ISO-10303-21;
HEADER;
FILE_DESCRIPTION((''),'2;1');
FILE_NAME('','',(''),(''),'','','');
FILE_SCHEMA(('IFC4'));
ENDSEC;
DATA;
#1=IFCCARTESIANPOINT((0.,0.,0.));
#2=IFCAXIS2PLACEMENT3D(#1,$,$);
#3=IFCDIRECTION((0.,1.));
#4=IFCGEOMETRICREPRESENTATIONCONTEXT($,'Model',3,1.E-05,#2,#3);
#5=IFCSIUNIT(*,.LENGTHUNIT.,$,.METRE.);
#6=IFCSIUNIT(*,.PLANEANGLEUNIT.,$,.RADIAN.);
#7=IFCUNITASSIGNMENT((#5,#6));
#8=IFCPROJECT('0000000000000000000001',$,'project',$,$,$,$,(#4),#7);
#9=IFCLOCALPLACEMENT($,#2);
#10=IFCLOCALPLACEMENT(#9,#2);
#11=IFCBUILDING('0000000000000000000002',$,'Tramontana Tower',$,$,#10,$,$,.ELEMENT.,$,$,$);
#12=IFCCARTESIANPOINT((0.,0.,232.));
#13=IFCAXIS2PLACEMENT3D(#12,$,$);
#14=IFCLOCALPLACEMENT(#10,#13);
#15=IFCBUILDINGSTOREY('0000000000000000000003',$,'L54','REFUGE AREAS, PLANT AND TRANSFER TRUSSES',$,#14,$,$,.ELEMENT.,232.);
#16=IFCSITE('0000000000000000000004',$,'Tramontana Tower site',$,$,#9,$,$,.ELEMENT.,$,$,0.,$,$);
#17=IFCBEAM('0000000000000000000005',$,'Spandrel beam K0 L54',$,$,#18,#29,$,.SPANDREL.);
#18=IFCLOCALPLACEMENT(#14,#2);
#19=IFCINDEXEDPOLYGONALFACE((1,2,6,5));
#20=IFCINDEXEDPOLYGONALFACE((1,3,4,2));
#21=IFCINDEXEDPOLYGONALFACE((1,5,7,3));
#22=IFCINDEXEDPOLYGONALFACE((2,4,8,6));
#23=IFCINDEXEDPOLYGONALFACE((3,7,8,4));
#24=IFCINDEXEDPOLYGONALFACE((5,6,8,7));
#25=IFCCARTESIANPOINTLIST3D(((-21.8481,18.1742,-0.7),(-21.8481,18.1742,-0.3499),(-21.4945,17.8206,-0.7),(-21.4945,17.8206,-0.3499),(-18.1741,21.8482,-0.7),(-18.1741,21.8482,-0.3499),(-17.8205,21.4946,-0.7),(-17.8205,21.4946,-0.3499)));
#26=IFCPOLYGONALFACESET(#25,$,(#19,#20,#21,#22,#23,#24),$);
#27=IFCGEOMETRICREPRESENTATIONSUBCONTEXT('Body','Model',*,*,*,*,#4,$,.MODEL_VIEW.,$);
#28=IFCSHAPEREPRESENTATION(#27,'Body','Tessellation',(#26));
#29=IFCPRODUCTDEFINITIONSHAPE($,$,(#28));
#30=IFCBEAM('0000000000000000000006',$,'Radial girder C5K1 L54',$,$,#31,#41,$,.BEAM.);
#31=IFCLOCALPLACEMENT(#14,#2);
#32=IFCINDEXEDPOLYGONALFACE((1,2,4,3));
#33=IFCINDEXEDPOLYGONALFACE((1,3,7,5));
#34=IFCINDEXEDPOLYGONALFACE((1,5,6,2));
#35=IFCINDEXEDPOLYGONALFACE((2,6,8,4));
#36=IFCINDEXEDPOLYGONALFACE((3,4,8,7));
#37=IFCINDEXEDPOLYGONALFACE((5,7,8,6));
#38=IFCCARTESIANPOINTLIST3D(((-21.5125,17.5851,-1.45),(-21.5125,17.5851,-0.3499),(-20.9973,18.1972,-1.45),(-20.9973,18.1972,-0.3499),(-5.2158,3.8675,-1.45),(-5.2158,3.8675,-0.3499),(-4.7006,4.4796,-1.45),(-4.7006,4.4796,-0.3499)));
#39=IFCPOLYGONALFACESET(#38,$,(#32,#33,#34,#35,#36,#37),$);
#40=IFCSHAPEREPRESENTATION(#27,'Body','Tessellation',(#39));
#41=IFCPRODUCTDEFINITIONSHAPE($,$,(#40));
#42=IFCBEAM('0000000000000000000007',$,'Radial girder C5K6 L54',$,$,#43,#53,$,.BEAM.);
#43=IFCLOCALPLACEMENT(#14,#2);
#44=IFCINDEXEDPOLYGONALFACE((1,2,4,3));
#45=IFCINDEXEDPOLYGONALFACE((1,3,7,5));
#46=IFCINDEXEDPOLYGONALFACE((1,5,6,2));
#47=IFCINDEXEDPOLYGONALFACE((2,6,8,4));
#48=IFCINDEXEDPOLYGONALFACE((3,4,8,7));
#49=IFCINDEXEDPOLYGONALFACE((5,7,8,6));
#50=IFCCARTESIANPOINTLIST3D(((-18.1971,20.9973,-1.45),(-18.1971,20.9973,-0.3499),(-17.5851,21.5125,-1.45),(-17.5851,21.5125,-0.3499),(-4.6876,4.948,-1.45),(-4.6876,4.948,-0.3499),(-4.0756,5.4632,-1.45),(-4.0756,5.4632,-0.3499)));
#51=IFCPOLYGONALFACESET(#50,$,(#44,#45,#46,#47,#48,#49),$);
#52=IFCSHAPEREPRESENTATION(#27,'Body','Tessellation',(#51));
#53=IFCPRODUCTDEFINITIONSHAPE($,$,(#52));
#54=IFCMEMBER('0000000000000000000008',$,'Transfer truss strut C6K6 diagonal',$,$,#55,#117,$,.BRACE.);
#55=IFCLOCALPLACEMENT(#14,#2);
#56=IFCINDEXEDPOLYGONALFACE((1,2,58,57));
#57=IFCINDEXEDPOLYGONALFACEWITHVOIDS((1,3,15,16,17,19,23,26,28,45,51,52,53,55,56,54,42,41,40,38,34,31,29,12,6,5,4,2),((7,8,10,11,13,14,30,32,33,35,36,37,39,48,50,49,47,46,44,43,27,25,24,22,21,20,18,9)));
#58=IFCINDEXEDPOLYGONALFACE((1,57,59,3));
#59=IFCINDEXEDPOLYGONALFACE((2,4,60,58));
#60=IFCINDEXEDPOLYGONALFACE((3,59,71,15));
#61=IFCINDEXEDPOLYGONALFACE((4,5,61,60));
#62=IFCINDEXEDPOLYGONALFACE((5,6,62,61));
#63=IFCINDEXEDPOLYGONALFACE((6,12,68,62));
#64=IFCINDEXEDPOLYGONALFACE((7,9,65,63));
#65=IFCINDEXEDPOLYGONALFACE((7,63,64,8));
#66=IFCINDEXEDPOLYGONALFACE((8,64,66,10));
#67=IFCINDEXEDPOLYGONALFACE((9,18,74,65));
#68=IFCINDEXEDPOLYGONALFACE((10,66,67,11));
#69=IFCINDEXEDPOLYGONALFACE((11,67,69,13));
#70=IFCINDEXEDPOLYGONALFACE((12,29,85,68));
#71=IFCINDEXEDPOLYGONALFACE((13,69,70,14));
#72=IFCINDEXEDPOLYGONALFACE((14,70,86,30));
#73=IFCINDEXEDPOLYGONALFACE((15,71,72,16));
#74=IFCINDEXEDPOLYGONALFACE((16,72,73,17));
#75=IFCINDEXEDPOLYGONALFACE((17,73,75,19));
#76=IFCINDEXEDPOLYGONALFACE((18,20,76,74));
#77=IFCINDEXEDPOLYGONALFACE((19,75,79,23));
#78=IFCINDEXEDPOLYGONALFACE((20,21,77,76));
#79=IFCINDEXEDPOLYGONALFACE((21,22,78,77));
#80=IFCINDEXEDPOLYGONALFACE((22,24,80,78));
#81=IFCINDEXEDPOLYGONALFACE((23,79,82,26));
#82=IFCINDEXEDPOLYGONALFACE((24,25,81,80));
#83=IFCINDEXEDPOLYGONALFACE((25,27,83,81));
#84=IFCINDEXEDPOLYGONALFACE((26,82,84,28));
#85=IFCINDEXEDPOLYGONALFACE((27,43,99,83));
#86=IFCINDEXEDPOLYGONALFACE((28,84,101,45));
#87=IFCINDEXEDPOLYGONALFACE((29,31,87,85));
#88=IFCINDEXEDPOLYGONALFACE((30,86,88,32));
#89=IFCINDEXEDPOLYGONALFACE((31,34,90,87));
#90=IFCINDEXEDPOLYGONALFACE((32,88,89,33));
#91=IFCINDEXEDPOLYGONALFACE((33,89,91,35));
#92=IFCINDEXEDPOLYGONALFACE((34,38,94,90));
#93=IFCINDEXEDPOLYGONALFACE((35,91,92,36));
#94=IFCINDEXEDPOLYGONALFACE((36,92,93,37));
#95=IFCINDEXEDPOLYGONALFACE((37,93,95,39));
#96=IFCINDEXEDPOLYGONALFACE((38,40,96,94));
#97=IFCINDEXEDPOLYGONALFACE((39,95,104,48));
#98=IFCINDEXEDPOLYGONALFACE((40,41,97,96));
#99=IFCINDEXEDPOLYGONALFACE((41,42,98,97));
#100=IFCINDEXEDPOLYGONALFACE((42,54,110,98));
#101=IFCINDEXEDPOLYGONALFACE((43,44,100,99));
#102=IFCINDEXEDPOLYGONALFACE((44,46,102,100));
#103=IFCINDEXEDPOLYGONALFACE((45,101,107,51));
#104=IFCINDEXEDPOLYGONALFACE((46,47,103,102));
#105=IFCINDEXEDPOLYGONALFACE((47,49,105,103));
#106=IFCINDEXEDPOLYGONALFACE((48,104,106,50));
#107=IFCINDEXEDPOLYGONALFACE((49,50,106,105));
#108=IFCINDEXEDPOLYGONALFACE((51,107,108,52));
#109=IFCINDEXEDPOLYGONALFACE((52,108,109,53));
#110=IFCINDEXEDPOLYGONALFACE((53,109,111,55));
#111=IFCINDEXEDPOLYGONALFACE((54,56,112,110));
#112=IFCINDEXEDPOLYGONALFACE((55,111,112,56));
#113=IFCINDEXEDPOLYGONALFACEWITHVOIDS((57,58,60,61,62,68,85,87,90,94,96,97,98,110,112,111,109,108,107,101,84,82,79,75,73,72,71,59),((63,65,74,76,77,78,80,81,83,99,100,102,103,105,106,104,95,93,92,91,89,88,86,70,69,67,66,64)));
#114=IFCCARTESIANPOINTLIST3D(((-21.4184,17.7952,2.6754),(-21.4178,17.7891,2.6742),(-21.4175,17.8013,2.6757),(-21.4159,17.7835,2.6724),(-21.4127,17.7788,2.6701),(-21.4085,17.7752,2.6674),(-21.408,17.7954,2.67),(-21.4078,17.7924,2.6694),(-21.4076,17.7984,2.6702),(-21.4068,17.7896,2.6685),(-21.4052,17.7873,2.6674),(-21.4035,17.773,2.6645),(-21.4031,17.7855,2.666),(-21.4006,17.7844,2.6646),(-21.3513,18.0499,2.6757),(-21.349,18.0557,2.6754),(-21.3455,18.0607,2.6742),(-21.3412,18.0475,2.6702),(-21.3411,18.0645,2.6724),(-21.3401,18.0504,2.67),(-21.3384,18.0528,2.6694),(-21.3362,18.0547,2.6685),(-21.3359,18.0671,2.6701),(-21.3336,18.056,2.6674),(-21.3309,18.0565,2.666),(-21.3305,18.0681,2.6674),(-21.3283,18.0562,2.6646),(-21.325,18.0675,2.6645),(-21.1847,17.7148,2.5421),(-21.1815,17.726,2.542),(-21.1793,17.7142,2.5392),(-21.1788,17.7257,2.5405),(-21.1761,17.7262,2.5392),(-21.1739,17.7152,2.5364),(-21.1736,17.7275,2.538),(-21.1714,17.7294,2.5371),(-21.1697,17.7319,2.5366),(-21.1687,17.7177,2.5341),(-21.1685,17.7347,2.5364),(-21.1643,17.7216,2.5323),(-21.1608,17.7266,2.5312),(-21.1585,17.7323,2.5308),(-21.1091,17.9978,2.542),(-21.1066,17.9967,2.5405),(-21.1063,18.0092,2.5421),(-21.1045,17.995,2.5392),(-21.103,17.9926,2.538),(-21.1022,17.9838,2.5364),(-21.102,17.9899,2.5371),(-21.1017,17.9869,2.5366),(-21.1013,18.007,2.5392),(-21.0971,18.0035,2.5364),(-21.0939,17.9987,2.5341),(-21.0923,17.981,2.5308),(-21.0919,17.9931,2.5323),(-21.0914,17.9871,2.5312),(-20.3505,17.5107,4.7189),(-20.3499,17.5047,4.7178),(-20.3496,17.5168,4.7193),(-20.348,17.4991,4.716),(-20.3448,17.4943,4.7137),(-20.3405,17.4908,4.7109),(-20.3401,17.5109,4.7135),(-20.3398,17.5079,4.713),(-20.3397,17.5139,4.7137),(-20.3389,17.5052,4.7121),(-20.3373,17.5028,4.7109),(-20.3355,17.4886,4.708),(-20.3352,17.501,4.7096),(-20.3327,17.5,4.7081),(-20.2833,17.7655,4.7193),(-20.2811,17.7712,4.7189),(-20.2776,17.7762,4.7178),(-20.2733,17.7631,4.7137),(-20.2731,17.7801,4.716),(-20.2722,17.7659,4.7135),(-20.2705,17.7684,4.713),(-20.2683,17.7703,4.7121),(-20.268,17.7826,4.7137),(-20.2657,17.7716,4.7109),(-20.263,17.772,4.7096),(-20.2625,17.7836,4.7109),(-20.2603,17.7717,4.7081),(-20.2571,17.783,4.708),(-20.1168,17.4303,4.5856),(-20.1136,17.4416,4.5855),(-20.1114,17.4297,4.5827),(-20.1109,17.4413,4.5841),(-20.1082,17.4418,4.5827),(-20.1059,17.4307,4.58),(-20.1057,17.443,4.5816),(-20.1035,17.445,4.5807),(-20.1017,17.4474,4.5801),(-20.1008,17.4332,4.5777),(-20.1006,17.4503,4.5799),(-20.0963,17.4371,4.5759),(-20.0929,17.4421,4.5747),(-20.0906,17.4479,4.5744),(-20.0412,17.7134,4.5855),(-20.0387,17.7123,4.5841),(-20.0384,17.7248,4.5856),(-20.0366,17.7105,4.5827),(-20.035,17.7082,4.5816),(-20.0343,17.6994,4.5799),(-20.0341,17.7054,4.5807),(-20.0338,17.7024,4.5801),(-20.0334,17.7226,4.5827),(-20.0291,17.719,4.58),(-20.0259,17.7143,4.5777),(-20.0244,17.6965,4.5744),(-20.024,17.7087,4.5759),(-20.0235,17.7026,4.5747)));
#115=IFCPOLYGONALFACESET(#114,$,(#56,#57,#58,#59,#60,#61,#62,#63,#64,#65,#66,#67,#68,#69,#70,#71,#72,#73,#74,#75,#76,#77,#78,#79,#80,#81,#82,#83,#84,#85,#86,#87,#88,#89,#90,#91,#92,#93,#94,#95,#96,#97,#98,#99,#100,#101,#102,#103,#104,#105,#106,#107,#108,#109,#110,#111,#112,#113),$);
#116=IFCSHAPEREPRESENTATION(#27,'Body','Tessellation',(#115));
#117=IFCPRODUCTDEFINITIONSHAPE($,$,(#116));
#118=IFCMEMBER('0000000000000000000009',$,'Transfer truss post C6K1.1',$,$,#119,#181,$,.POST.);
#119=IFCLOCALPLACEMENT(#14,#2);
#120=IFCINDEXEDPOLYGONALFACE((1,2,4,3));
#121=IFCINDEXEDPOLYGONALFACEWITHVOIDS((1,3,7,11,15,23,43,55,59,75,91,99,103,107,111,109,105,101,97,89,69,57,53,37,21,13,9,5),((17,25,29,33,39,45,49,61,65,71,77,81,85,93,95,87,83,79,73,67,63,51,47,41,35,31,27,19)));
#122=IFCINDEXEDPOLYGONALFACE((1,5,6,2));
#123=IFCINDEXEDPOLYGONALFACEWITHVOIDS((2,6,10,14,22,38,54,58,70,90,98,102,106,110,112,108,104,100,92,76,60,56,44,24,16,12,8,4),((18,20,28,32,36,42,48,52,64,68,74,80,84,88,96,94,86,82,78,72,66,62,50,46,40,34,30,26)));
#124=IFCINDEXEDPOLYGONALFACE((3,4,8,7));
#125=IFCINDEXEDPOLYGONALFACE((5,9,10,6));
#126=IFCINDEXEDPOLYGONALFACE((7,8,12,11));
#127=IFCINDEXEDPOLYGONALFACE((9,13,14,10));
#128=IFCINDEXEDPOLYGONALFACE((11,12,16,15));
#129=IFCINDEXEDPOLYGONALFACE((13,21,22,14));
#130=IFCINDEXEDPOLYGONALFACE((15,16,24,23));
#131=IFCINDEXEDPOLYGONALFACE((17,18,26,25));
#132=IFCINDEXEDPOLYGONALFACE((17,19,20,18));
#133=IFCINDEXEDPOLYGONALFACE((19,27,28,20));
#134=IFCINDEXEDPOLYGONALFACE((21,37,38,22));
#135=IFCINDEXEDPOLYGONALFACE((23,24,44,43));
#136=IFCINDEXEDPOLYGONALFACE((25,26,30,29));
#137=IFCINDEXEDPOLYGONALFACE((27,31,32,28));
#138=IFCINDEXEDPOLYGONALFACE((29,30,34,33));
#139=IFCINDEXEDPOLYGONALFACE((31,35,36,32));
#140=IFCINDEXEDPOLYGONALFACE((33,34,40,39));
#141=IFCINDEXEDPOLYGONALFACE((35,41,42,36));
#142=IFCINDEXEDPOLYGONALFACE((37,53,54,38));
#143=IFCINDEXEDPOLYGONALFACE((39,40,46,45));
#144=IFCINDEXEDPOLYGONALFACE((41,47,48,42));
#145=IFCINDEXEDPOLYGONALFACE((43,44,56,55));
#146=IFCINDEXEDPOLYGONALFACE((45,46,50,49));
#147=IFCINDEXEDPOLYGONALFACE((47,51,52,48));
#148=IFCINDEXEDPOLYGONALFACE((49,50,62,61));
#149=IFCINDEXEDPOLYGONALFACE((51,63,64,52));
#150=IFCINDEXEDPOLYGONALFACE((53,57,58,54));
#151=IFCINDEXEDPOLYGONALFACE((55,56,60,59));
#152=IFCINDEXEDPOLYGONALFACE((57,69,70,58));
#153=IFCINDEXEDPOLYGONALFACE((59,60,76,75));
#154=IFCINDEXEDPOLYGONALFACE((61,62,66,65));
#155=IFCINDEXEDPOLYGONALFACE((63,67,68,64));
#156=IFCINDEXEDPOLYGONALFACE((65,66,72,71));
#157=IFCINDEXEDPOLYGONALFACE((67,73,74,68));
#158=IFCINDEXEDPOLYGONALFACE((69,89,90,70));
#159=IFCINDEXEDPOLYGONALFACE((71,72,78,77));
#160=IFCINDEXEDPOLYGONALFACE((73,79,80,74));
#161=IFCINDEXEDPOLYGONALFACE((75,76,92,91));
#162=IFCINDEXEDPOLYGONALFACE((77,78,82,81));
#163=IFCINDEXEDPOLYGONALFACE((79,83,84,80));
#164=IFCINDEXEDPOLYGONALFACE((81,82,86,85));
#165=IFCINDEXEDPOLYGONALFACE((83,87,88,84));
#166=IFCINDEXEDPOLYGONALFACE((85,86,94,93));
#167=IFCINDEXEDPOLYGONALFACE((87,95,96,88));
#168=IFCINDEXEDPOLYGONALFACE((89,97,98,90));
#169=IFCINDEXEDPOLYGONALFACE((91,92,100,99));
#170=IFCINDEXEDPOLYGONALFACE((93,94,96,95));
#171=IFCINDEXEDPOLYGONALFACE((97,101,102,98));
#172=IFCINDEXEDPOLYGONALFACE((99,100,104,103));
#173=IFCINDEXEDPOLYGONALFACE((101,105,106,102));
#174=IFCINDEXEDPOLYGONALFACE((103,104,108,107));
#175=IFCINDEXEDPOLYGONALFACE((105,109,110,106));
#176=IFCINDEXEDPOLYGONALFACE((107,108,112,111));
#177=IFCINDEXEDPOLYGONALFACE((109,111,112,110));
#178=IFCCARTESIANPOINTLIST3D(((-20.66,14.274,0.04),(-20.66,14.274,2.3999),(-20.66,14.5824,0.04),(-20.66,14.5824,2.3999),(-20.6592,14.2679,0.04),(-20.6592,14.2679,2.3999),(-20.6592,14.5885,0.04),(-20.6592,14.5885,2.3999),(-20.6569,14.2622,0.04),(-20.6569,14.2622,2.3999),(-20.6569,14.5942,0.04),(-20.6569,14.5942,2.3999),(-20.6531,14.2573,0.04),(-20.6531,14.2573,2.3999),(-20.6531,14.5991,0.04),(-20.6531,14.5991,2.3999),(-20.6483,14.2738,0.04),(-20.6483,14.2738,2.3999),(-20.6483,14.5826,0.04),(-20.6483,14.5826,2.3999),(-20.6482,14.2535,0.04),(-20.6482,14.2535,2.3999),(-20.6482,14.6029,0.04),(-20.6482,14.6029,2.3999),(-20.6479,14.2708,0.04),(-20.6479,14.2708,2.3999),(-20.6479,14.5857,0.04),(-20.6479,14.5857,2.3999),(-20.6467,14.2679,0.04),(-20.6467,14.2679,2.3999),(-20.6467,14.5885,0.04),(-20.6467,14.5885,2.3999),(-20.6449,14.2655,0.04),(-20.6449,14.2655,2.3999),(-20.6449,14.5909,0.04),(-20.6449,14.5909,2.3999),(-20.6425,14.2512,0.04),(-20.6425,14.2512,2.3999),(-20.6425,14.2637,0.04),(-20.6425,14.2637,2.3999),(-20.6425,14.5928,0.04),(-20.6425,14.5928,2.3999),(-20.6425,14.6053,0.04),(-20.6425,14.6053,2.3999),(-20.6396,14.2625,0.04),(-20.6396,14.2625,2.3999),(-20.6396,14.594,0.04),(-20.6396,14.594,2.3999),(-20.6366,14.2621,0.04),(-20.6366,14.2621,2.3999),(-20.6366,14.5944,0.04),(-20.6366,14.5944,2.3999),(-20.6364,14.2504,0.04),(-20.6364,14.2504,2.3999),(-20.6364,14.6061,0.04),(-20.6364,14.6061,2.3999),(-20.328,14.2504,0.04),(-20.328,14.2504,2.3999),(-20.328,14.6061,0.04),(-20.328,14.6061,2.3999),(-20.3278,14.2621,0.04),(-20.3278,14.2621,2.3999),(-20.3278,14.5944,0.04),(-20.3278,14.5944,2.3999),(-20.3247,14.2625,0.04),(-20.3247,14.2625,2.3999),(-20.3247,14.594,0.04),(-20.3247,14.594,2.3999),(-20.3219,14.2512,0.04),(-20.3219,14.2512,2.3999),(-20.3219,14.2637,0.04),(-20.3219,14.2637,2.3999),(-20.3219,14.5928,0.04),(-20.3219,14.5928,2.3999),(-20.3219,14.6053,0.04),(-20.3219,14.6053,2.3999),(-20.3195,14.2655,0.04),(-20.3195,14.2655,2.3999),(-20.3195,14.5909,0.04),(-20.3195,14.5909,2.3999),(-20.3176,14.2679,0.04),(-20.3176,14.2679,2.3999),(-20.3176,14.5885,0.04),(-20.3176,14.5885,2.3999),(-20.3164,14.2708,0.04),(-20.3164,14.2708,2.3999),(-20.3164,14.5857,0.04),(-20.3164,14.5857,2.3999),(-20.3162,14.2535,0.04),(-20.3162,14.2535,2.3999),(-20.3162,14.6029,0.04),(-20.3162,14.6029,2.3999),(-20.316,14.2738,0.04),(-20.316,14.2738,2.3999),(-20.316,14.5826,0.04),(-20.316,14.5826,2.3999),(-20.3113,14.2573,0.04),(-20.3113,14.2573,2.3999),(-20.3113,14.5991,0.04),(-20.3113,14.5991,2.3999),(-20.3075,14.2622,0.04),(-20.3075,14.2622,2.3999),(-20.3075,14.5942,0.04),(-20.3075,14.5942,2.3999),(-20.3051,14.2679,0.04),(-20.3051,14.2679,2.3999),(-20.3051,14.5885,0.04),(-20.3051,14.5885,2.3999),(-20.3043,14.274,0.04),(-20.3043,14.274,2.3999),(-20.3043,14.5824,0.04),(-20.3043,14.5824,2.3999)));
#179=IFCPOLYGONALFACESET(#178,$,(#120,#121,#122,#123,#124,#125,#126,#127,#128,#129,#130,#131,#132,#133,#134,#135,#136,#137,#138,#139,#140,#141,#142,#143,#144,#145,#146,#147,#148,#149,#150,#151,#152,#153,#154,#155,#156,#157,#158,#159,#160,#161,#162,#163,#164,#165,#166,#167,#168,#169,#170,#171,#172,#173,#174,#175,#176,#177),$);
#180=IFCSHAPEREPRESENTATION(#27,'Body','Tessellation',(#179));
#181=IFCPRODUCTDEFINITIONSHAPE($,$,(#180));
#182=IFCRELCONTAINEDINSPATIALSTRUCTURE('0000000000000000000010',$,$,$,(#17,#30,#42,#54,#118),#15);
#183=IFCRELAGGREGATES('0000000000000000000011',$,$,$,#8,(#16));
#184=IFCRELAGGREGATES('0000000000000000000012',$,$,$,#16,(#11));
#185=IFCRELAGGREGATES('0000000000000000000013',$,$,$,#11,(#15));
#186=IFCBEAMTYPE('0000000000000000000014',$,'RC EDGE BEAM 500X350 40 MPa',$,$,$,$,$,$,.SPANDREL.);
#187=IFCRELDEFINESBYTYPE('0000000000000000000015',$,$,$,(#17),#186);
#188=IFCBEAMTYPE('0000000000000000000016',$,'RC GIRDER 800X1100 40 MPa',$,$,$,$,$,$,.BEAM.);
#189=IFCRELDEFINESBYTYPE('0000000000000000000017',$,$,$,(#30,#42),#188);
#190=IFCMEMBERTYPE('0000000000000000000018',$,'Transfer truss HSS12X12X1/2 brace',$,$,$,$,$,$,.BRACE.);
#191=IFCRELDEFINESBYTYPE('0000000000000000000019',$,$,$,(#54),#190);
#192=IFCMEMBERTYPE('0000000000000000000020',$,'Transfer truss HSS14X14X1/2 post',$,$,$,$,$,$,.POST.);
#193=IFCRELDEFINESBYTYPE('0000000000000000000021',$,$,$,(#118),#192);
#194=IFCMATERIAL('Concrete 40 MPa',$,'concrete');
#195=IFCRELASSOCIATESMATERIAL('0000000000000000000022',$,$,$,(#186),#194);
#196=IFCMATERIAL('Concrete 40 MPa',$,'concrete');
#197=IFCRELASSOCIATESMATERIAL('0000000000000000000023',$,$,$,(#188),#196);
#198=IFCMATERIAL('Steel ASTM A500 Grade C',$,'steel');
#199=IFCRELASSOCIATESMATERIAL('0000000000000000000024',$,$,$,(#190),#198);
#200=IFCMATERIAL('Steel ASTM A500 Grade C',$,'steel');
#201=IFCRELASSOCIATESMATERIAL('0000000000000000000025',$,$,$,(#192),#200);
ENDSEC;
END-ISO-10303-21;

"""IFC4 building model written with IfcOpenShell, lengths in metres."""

from ifc_helpers import new_model, si_unit, direction, frame, origin, origin_2d, place, context, subcontext, project, spatial, rectangle, hollow_rectangle, extrude, material, material_profile, profile_set, type_object, element, save


model = new_model("IFC4")

# Units and contexts
model_context = context("Model", 3, precision=1e-05, world=origin(), true_north=direction((0.0, 1.0)))
body_context = subcontext(model_context, "Body", "Model", "MODEL_VIEW")
ifc_project = project(units=[si_unit("LENGTHUNIT", "METRE"), si_unit("PLANEANGLEUNIT", "RADIAN")], contexts=[model_context])

# Site, building, storey
site_placement = place(None, origin())
site = spatial("IfcSite", under=ifc_project, at=site_placement, Name="Tramontana Tower site", CompositionType="ELEMENT", RefElevation=0.0)
building_placement = place(site_placement, origin())
building = spatial("IfcBuilding", under=site, at=building_placement, Name="Tramontana Tower", CompositionType="ELEMENT")
storey_placement = place(building_placement, frame((0.0, 0.0, 232.0)))
storey = spatial("IfcBuildingStorey", under=building, at=storey_placement, Name="L54", Description="REFUGE AREAS, PLANT AND TRANSFER TRUSSES", CompositionType="ELEMENT", Elevation=232.0)

# Beams
ifc_material_1 = material(Name="Concrete 40 MPa", Category="concrete")
ifc_material_profile_1 = material_profile(ifc_material_1, rectangle(XDim=0.5, YDim=0.3501, at=origin_2d()), Name="RC EDGE BEAM 500X350 40 MPa")
ifc_profile_set_1 = profile_set([ifc_material_profile_1], Name="Concrete 40 MPa")
beam_type_1 = type_object("IfcBeamType", Name="RC EDGE BEAM 500X350 40 MPa", PredefinedType="SPANDREL", material=ifc_profile_set_1)
beam_1_placement = place(storey_placement, frame((-17.9973, 21.6714, -0.5249), z_axis=(-0.707107, -0.707107, 0.0), x_axis=(0.707107, -0.707107, 0.0)))
element("IfcBeam", 1, at=beam_1_placement, inside=storey, type_object=beam_type_1, Name="Spandrel beam K0 L54", PredefinedType="SPANDREL", context=body_context, shape_type="SweptSolid", body=[
    extrude(rectangle(XDim=0.5, YDim=0.3501, at=origin_2d()), origin(), (0.0, 0.0, 1.0), 5.1958),
])
ifc_material_2 = material(Name="Concrete 40 MPa", Category="concrete")
ifc_material_profile_2 = material_profile(ifc_material_2, rectangle(XDim=0.8, YDim=1.1001, at=origin_2d()), Name="RC GIRDER 800X1100 40 MPa")
ifc_profile_set_2 = profile_set([ifc_material_profile_2], Name="Concrete 40 MPa")
beam_type_2 = type_object("IfcBeamType", Name="RC GIRDER 800X1100 40 MPa", PredefinedType="BEAM", material=ifc_profile_set_2)
beam_2_placement = place(storey_placement, frame((-21.2549, 17.8911, -0.8999), z_axis=(0.765049, -0.643972, 0.0), x_axis=(0.643972, 0.765049, 0.0)))
element("IfcBeam", 2, at=beam_2_placement, inside=storey, type_object=beam_type_2, Name="Radial girder C5K1 L54", PredefinedType="BEAM", context=body_context, shape_type="SweptSolid", body=[
    extrude(rectangle(XDim=0.8, YDim=1.1001, at=origin_2d()), origin(), (0.0, 0.0, 1.0), 21.3015),
])
beam_3_placement = place(storey_placement, frame((-17.8911, 21.2549, -0.8999), z_axis=(0.643977, -0.765045, 0.0), x_axis=(0.765045, 0.643977, 0.0)))
element("IfcBeam", 3, at=beam_3_placement, inside=storey, type_object=beam_type_2, Name="Radial girder C5K6 L54", PredefinedType="BEAM", context=body_context, shape_type="SweptSolid", body=[
    extrude(rectangle(XDim=0.8, YDim=1.1001, at=origin_2d()), origin(), (0.0, 0.0, 1.0), 20.9783),
])

# Members
ifc_material_3 = material(Name="Steel ASTM A500 Grade C", Category="steel")
ifc_material_profile_3 = material_profile(ifc_material_3, hollow_rectangle(XDim=0.3047, YDim=0.3047, WallThickness=0.0117, InnerFilletRadius=0.0117, OuterFilletRadius=0.0237, at=origin_2d()), Name="HSS12X12X1/2")
ifc_profile_set_3 = profile_set([ifc_material_profile_3], Name="Steel ASTM A500 Grade C")
member_type_1 = type_object("IfcMemberType", Name="Transfer truss HSS12X12X1/2 brace", PredefinedType="BRACE", material=ifc_profile_set_3)
member_1_placement = place(storey_placement, frame((-21.2549, 17.8911, 2.6033), z_axis=(0.459668, -0.122431, 0.879611), x_axis=(0.257374, 0.966312, 0.0)))
element("IfcMember", 4, at=member_1_placement, inside=storey, type_object=member_type_1, Name="Transfer truss strut C6K6 diagonal", PredefinedType="BRACE", context=body_context, shape_type="SweptSolid", body=[
    extrude(hollow_rectangle(XDim=0.3047, YDim=0.3047, WallThickness=0.0117, InnerFilletRadius=0.0117, OuterFilletRadius=0.0237, at=origin_2d()), origin(), (0.0, 0.0, 1.0), 2.3232),
])
ifc_material_4 = material(Name="Steel ASTM A500 Grade C", Category="steel")
ifc_material_profile_4 = material_profile(ifc_material_4, hollow_rectangle(XDim=0.3557, YDim=0.3557, WallThickness=0.0117, InnerFilletRadius=0.0117, OuterFilletRadius=0.0237, at=origin_2d()), Name="HSS14X14X1/2")
ifc_profile_set_4 = profile_set([ifc_material_profile_4], Name="Steel ASTM A500 Grade C")
member_type_2 = type_object("IfcMemberType", Name="Transfer truss HSS14X14X1/2 post", PredefinedType="POST", material=ifc_profile_set_4)
for number, where, z_axis, x_axis, name in (
    (5, (-20.4822, 14.4282, 0.04), (0.0, 0.0, 1.0), (1.0, 0.0, 0.0), "Transfer truss post C6K1.1"),
):
    element("IfcMember", number, at=place(storey_placement, frame(where, z_axis=z_axis, x_axis=x_axis)), inside=storey, type_object=member_type_2, Name=name, PredefinedType="POST", context=body_context, shape_type="SweptSolid", body=[
        extrude(hollow_rectangle(XDim=0.3557, YDim=0.3557, WallThickness=0.0117, InnerFilletRadius=0.0117, OuterFilletRadius=0.0237, at=origin_2d()), origin(), (0.0, 0.0, 1.0), 2.3599),
    ])

save(model, "model.ifc")
